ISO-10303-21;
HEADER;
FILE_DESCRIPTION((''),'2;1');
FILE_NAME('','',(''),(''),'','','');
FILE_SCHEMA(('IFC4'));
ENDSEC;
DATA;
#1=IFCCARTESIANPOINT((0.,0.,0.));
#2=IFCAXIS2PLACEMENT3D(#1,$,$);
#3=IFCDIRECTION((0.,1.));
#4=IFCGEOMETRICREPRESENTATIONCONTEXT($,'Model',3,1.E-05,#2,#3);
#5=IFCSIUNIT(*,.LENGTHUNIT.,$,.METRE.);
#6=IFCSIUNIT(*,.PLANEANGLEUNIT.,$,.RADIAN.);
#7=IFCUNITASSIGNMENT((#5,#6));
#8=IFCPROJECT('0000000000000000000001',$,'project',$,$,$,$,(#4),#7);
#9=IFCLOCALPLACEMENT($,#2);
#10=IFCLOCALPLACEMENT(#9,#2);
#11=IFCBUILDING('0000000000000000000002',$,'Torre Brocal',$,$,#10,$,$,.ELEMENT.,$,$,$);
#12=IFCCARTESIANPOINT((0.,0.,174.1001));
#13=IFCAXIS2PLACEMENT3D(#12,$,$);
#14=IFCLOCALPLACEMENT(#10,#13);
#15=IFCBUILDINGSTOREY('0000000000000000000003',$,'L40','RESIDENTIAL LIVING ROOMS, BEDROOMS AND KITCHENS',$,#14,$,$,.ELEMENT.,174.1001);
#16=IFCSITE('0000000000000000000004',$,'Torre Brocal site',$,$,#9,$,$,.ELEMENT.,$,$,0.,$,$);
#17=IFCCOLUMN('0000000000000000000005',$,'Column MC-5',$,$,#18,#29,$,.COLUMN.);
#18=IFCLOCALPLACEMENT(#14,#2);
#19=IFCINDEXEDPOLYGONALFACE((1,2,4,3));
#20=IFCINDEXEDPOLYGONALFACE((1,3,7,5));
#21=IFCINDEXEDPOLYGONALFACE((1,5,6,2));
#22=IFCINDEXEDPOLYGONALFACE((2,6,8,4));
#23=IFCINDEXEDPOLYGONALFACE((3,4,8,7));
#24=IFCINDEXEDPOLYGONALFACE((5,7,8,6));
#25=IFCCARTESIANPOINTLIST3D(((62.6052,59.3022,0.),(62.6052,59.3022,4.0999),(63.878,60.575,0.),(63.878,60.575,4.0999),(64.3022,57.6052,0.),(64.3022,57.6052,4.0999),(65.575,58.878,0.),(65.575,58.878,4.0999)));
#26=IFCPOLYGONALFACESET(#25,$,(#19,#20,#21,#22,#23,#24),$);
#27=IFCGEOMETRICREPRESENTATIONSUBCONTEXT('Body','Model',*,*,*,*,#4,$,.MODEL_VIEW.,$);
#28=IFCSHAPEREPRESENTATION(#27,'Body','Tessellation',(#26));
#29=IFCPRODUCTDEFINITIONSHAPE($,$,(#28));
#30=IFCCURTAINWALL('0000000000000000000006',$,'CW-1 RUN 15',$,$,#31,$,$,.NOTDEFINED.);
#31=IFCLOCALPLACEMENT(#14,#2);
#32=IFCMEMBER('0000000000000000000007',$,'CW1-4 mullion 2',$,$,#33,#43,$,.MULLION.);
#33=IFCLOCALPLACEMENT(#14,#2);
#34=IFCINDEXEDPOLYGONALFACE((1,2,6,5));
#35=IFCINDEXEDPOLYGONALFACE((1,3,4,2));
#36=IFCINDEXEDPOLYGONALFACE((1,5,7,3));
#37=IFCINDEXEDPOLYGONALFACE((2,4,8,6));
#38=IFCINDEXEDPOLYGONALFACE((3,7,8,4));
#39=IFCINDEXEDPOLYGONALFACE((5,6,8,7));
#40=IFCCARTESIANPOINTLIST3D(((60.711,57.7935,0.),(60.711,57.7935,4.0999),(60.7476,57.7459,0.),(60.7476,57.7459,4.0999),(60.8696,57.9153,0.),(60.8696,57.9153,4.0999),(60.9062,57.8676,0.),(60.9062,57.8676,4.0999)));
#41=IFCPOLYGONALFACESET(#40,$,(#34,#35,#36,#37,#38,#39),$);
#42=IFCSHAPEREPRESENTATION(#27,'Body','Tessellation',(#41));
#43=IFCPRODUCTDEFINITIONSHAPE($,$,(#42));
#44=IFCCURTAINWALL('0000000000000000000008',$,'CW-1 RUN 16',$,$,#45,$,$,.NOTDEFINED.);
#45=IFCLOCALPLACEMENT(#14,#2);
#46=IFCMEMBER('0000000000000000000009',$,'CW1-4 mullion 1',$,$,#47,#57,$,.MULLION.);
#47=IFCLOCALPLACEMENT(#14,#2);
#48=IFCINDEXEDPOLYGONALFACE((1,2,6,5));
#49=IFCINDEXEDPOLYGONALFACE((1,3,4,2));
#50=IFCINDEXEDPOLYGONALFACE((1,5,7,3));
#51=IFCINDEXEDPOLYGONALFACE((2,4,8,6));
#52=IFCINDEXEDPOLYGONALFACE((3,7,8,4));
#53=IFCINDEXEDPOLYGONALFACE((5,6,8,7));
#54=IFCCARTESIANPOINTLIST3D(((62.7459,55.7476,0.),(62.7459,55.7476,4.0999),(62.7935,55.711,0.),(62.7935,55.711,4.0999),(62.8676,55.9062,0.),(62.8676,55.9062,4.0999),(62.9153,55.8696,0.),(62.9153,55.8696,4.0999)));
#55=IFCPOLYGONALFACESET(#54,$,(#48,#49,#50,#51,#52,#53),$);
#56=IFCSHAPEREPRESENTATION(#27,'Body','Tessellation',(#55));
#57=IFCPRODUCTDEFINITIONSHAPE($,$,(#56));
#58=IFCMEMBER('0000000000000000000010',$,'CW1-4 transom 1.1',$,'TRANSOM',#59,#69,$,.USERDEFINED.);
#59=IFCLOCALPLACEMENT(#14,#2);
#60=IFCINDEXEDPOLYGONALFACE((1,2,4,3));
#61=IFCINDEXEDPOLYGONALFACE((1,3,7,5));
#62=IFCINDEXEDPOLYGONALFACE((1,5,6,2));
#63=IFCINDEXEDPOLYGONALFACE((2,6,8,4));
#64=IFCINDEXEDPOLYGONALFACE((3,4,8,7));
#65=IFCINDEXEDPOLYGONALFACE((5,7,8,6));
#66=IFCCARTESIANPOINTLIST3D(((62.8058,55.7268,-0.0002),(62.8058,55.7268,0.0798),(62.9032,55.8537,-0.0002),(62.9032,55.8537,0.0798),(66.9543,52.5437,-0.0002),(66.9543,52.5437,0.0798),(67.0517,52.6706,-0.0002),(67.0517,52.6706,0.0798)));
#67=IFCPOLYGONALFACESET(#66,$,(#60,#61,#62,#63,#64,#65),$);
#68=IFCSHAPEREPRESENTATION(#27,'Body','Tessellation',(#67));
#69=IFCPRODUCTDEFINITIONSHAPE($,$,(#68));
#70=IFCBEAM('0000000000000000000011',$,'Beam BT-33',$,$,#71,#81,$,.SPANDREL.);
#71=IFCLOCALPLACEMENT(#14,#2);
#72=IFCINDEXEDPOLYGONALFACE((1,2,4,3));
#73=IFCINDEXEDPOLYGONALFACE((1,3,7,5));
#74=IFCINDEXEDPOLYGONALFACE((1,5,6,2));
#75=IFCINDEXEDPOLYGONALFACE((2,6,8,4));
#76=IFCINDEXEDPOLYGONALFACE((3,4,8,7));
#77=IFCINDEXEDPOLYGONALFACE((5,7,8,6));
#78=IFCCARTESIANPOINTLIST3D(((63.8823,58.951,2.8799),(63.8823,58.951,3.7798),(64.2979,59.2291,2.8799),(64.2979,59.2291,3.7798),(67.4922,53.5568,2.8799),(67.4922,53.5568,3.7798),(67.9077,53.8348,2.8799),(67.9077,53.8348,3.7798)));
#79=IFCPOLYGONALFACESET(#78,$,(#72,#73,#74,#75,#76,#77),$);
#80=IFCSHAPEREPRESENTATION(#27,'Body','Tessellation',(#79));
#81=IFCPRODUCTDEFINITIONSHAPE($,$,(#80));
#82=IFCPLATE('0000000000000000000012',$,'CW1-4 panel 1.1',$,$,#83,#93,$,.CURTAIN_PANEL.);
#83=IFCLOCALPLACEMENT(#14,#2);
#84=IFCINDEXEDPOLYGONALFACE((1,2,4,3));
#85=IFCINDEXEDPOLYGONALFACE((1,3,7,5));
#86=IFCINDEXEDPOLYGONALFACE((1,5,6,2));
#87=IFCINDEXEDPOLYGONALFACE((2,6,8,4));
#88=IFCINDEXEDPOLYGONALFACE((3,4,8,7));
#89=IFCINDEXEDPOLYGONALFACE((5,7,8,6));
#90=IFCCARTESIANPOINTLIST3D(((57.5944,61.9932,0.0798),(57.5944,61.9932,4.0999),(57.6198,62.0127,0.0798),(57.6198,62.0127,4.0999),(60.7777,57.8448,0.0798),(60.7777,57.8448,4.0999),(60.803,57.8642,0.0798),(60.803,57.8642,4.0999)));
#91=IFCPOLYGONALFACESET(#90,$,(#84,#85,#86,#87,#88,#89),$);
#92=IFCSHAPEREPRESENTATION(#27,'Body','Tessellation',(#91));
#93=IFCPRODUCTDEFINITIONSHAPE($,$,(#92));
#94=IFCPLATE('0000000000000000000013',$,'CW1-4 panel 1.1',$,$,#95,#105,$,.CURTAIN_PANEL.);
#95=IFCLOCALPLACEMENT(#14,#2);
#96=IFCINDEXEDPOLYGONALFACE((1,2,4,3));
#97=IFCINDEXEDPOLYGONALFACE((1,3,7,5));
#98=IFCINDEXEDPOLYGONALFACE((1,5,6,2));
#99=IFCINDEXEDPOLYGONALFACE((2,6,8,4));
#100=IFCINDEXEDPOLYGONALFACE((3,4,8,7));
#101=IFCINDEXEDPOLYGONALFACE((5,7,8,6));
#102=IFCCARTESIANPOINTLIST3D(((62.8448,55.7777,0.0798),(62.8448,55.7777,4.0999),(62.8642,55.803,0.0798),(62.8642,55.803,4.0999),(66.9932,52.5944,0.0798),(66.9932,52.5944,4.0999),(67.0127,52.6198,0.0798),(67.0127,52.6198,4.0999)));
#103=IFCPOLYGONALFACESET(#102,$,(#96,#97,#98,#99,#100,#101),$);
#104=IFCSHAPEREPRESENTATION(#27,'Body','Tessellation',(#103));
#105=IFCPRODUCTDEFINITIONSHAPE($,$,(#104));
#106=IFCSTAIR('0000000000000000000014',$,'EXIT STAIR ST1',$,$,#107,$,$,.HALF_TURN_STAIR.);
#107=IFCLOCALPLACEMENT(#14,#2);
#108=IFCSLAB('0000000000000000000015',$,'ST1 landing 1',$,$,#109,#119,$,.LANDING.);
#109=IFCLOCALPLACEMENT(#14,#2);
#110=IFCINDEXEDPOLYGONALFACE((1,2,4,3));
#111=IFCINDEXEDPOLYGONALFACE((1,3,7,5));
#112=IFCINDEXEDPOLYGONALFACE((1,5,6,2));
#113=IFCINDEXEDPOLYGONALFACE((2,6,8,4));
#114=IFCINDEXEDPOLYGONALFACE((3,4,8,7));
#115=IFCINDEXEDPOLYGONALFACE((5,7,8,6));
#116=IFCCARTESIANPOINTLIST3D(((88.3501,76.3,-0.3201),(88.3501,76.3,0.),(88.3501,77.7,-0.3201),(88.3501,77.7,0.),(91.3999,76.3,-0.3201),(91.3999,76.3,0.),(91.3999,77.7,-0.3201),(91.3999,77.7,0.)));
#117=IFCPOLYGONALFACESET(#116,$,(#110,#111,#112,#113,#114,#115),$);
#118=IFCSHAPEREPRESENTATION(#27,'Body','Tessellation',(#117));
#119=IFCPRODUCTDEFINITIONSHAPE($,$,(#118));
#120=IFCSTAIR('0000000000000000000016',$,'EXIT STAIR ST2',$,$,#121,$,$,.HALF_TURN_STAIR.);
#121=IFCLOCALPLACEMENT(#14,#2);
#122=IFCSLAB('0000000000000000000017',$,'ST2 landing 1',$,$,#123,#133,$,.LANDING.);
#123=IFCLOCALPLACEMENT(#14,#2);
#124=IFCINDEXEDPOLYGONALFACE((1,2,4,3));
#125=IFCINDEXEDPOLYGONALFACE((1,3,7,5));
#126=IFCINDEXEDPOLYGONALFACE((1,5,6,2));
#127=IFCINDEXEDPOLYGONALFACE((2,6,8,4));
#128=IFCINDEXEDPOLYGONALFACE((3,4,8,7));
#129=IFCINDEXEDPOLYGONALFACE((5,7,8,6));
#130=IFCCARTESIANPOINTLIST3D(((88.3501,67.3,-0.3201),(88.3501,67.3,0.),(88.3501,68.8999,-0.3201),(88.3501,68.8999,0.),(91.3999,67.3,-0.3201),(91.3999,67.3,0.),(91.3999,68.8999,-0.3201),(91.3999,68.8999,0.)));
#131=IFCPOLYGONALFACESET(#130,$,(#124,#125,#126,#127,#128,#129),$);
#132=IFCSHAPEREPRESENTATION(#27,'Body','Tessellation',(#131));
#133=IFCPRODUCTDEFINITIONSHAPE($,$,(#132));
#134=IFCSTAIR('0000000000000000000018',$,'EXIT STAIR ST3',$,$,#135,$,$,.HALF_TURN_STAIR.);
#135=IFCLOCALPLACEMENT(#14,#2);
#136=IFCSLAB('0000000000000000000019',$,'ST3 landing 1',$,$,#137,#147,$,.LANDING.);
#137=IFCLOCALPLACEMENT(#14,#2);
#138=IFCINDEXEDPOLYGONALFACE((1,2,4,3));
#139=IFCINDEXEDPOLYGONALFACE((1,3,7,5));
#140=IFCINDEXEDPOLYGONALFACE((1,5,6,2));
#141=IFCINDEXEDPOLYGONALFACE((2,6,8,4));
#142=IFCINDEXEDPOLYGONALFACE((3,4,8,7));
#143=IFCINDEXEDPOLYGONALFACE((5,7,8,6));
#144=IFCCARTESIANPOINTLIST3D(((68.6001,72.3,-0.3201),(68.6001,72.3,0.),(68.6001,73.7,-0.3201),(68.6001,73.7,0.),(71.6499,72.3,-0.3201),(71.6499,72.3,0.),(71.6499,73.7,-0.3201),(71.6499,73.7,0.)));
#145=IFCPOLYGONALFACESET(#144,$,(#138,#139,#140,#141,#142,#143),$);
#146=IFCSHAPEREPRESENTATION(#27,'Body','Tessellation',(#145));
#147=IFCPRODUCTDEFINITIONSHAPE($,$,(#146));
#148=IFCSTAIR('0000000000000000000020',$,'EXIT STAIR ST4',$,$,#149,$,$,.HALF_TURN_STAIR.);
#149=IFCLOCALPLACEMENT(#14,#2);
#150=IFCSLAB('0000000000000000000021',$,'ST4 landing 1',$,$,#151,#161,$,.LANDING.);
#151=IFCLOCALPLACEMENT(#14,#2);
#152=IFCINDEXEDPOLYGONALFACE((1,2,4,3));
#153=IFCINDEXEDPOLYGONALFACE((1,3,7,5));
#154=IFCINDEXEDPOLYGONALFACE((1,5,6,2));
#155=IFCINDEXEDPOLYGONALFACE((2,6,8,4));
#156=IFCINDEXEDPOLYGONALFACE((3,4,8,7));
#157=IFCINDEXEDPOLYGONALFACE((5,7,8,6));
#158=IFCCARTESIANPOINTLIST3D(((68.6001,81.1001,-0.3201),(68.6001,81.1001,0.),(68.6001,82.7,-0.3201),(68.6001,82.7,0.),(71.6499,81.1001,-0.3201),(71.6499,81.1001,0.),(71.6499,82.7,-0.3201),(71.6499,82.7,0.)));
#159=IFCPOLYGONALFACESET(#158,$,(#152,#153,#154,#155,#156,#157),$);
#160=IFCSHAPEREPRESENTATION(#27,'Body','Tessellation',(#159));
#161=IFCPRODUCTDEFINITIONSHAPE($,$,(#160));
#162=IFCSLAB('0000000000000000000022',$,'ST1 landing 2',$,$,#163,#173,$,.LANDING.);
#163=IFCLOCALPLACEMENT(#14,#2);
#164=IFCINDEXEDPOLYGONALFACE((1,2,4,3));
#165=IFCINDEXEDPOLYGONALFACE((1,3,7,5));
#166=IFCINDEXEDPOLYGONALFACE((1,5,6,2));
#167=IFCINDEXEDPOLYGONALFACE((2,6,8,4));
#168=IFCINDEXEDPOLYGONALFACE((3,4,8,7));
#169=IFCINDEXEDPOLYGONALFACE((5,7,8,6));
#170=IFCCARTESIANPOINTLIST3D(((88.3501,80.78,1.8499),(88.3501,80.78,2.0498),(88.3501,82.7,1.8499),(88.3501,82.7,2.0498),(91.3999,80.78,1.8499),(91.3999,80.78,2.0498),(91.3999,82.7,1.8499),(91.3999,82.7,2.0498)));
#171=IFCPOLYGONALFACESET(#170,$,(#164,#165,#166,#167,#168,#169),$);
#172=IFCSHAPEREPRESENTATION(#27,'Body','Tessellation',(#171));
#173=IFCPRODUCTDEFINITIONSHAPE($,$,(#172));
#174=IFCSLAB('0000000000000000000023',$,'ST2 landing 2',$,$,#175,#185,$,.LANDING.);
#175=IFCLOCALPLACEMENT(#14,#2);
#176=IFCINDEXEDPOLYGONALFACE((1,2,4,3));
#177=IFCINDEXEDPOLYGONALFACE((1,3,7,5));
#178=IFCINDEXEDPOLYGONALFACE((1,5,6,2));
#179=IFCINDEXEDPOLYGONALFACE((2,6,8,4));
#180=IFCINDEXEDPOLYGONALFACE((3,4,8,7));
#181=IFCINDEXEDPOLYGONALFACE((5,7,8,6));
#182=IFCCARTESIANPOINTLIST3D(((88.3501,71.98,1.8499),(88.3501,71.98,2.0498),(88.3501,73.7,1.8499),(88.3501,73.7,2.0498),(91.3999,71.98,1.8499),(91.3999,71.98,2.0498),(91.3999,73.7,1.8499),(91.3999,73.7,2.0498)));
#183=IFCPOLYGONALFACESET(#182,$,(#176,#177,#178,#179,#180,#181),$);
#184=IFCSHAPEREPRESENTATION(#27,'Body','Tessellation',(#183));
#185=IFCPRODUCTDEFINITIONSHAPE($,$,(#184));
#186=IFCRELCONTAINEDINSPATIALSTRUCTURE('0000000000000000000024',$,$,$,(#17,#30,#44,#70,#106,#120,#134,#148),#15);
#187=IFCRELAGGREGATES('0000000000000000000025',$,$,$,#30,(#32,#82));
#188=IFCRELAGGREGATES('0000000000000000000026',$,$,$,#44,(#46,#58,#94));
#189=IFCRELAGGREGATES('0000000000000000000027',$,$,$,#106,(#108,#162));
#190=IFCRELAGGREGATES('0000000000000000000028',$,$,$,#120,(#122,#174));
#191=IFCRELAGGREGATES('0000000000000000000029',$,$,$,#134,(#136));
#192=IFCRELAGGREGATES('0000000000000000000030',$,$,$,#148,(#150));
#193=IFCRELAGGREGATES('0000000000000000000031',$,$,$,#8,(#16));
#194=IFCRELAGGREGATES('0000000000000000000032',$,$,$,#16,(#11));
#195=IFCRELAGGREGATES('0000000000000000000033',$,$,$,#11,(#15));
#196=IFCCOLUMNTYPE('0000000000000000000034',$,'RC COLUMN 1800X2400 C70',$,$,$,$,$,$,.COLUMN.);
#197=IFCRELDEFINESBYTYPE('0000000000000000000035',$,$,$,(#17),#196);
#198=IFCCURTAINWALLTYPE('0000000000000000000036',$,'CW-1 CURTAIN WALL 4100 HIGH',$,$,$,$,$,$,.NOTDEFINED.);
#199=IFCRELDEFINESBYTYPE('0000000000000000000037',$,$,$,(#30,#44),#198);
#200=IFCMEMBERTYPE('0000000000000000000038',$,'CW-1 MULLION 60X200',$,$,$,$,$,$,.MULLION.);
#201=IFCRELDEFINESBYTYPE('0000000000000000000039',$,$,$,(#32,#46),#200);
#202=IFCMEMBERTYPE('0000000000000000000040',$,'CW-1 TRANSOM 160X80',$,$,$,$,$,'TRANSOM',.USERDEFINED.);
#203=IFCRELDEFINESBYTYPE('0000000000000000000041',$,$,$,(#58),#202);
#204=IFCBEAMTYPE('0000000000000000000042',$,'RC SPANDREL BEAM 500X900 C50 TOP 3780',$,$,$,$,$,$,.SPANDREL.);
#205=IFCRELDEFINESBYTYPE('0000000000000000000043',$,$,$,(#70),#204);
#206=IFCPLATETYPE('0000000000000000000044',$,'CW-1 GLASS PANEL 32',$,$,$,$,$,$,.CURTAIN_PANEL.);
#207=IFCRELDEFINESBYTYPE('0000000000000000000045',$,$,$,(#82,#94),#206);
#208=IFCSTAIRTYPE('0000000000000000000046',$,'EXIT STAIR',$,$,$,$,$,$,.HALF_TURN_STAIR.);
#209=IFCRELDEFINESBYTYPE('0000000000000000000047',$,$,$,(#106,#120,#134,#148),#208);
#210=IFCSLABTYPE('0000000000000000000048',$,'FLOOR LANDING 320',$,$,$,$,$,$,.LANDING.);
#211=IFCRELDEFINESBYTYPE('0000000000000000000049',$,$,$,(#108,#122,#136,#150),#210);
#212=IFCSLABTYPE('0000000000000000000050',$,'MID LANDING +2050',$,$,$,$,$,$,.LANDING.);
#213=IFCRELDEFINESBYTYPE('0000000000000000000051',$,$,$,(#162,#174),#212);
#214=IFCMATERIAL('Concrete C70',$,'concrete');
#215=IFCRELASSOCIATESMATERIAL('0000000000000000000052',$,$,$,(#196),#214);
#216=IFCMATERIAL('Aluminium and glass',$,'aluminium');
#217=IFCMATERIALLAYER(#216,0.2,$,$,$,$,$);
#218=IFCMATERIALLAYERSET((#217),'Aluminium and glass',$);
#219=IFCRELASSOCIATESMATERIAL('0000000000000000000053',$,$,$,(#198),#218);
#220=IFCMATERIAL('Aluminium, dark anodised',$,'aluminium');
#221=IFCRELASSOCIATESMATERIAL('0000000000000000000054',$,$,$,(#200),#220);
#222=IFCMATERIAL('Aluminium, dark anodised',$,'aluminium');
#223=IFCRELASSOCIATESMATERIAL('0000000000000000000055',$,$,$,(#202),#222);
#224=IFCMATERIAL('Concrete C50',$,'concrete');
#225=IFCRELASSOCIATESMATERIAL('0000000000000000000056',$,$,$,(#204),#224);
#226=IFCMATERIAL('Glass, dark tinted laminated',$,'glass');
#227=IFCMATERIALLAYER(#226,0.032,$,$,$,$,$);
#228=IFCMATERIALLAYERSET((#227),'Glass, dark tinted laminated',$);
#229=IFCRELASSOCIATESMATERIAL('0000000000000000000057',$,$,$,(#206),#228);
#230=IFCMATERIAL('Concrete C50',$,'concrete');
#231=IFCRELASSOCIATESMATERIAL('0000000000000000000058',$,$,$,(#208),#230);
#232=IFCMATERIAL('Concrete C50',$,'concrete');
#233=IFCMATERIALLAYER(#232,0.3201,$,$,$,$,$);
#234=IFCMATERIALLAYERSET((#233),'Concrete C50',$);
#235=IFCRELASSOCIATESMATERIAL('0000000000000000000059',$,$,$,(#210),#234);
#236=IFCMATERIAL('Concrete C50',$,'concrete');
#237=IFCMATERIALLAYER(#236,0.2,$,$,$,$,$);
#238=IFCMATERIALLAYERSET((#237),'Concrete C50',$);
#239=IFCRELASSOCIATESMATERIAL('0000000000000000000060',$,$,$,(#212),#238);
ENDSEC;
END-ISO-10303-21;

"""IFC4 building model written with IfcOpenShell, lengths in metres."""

from ifc_helpers import new_model, si_unit, direction, frame, origin, origin_2d, place, context, subcontext, project, spatial, polyline, rectangle, outline, extrude, material, layer, layer_set, material_profile, profile_set, type_object, element, aggregate, save


model = new_model("IFC4")

# Units and contexts
model_context = context("Model", 3, precision=1e-05, world=origin(), true_north=direction((0.0, 1.0)))
body_context = subcontext(model_context, "Body", "Model", "MODEL_VIEW")
ifc_project = project(units=[si_unit("LENGTHUNIT", "METRE"), si_unit("PLANEANGLEUNIT", "RADIAN")], contexts=[model_context])

# Site, building, storey
site_placement = place(None, origin())
site = spatial("IfcSite", under=ifc_project, at=site_placement, Name="Torre Brocal site", CompositionType="ELEMENT", RefElevation=0.0)
building_placement = place(site_placement, origin())
building = spatial("IfcBuilding", under=site, at=building_placement, Name="Torre Brocal", CompositionType="ELEMENT")
storey_placement = place(building_placement, frame((0.0, 0.0, 174.1001)))
storey = spatial("IfcBuildingStorey", under=building, at=storey_placement, Name="L40", Description="RESIDENTIAL LIVING ROOMS, BEDROOMS AND KITCHENS", CompositionType="ELEMENT", Elevation=174.1001)

# Column
ifc_material_1 = material(Name="Concrete C70", Category="concrete")
ifc_material_profile_1 = material_profile(ifc_material_1, rectangle(XDim=1.8, YDim=2.3999, at=origin_2d()), Name="RC 1800X2400")
ifc_profile_set_1 = profile_set([ifc_material_profile_1], Name="Concrete C70")
column_type = type_object("IfcColumnType", Name="RC COLUMN 1800X2400 C70", PredefinedType="COLUMN", material=ifc_profile_set_1)
column_placement = place(storey_placement, frame((64.0901, 59.0901, 0.0), z_axis=(0.0, 0.0, 1.0), x_axis=(-0.707107, -0.707107, 0.0)))
element("IfcColumn", 1, at=column_placement, inside=storey, type_object=column_type, Name="Column MC-5", PredefinedType="COLUMN", context=body_context, shape_type="SweptSolid", body=[
    extrude(rectangle(XDim=1.8, YDim=2.3999, at=origin_2d()), origin(), (0.0, 0.0, 1.0), 4.0999),
])

# Curtain wall, member
ifc_material_2 = material(Name="Aluminium and glass", Category="aluminium")
ifc_layer_1 = layer(ifc_material_2, 0.2)
ifc_layer_set_1 = layer_set([ifc_layer_1], Name="Aluminium and glass")
curtain_wall_type = type_object("IfcCurtainWallType", Name="CW-1 CURTAIN WALL 4100 HIGH", PredefinedType="NOTDEFINED", material=ifc_layer_set_1)
curtain_wall_1_placement = place(storey_placement, origin())
curtain_wall_1 = element("IfcCurtainWall", 2, at=curtain_wall_1_placement, inside=storey, type_object=curtain_wall_type, Name="CW-1 RUN 15", PredefinedType="NOTDEFINED")
ifc_material_3 = material(Name="Aluminium, dark anodised", Category="aluminium")
ifc_material_profile_2 = material_profile(ifc_material_3, rectangle(XDim=0.2, YDim=0.0601, at=origin_2d()), Name="CW-1 MULLION 60X200")
ifc_profile_set_2 = profile_set([ifc_material_profile_2], Name="Aluminium, dark anodised")
member_type_1 = type_object("IfcMemberType", Name="CW-1 MULLION 60X200", PredefinedType="MULLION", material=ifc_profile_set_2)
member_1_placement = place(storey_placement, frame((60.8086, 57.8306, 0.0), z_axis=(0.0, 0.0, 1.0), x_axis=(0.793353, 0.608761, 0.0)))
member_1 = element("IfcMember", 3, at=member_1_placement, type_object=member_type_1, Name="CW1-4 mullion 2", PredefinedType="MULLION", context=body_context, shape_type="SweptSolid", body=[
    extrude(rectangle(XDim=0.2, YDim=0.0601, at=origin_2d()), origin(), (0.0, 0.0, 1.0), 4.0999),
])

# Curtain wall, members
curtain_wall_2_placement = place(storey_placement, origin())
curtain_wall_2 = element("IfcCurtainWall", 4, at=curtain_wall_2_placement, inside=storey, type_object=curtain_wall_type, Name="CW-1 RUN 16", PredefinedType="NOTDEFINED")
member_2_placement = place(storey_placement, frame((62.8306, 55.8086, 0.0), z_axis=(0.0, 0.0, 1.0), x_axis=(0.608761, 0.793353, 0.0)))
member_2 = element("IfcMember", 5, at=member_2_placement, type_object=member_type_1, Name="CW1-4 mullion 1", PredefinedType="MULLION", context=body_context, shape_type="SweptSolid", body=[
    extrude(rectangle(XDim=0.2, YDim=0.0601, at=origin_2d()), origin(), (0.0, 0.0, 1.0), 4.0999),
])
ifc_material_4 = material(Name="Aluminium, dark anodised", Category="aluminium")
ifc_material_profile_3 = material_profile(ifc_material_4, rectangle(XDim=0.1599, YDim=0.0801, at=origin_2d()), Name="CW-1 TRANSOM 160X80")
ifc_profile_set_3 = profile_set([ifc_material_profile_3], Name="Aluminium, dark anodised")
member_type_2 = type_object("IfcMemberType", Name="CW-1 TRANSOM 160X80", ElementType="TRANSOM", PredefinedType="USERDEFINED", material=ifc_profile_set_3)
member_3_placement = place(storey_placement, frame((62.8545, 55.7903, 0.0398), z_axis=(0.793363, -0.608749, 0.0), x_axis=(0.608749, 0.793363, 0.0)))
member_3 = element("IfcMember", 6, at=member_3_placement, type_object=member_type_2, Name="CW1-4 transom 1.1", ObjectType="TRANSOM", PredefinedType="USERDEFINED", context=body_context, shape_type="SweptSolid", body=[
    extrude(rectangle(XDim=0.1599, YDim=0.0801, at=origin_2d()), origin(), (0.0, 0.0, 1.0), 5.229),
])

# Beam
ifc_material_5 = material(Name="Concrete C50", Category="concrete")
ifc_material_profile_4 = material_profile(ifc_material_5, rectangle(XDim=0.5, YDim=0.8999, at=origin_2d()), Name="RC 500X900")
ifc_profile_set_4 = profile_set([ifc_material_profile_4], Name="Concrete C50")
beam_type = type_object("IfcBeamType", Name="RC SPANDREL BEAM 500X900 C50 TOP 3780", PredefinedType="SPANDREL", material=ifc_profile_set_4)
beam_placement = place(storey_placement, frame((64.0901, 59.0901, 3.3298), z_axis=(0.556158, -0.831077, 0.0), x_axis=(0.831077, 0.556158, 0.0)))
element("IfcBeam", 7, at=beam_placement, inside=storey, type_object=beam_type, Name="Beam BT-33", PredefinedType="SPANDREL", context=body_context, shape_type="SweptSolid", body=[
    extrude(rectangle(XDim=0.5, YDim=0.8999, at=origin_2d()), origin(), (0.0, 0.0, 1.0), 6.4907),
])

# Plates
ifc_material_6 = material(Name="Glass, dark tinted laminated", Category="glass")
ifc_layer_2 = layer(ifc_material_6, 0.032)
ifc_layer_set_2 = layer_set([ifc_layer_2], Name="Glass, dark tinted laminated")
plate_type = type_object("IfcPlateType", Name="CW-1 GLASS PANEL 32", PredefinedType="CURTAIN_PANEL", material=ifc_layer_set_2)
plate_1_placement = place(storey_placement, frame((59.1987, 59.9287, 0.0798), z_axis=(0.0, 0.0, 1.0), x_axis=(0.608761, -0.793353, 0.0)))
plate_1 = element("IfcPlate", 8, at=plate_1_placement, type_object=plate_type, Name="CW1-4 panel 1.1", PredefinedType="CURTAIN_PANEL", context=body_context, shape_type="SweptSolid", body=[
    extrude(rectangle(XDim=5.229, YDim=0.032, at=origin_2d()), origin(), (0.0, 0.0, 1.0), 4.02),
])
aggregate(curtain_wall_1, [member_1, plate_1])
plate_2_placement = place(storey_placement, frame((64.9287, 54.1987, 0.0798), z_axis=(0.0, 0.0, 1.0), x_axis=(0.793353, -0.608761, 0.0)))
plate_2 = element("IfcPlate", 9, at=plate_2_placement, type_object=plate_type, Name="CW1-4 panel 1.1", PredefinedType="CURTAIN_PANEL", context=body_context, shape_type="SweptSolid", body=[
    extrude(rectangle(XDim=5.229, YDim=0.032, at=origin_2d()), origin(), (0.0, 0.0, 1.0), 4.02),
])
aggregate(curtain_wall_2, [member_2, member_3, plate_2])

# Stairs, slabs
ifc_material_7 = material(Name="Concrete C50", Category="concrete")
stair_type = type_object("IfcStairType", Name="EXIT STAIR", PredefinedType="HALF_TURN_STAIR", material=ifc_material_7)
stair_1_placement = place(storey_placement, origin())
stair_1 = element("IfcStair", 10, at=stair_1_placement, inside=storey, type_object=stair_type, Name="EXIT STAIR ST1", PredefinedType="HALF_TURN_STAIR")
ifc_material_8 = material(Name="Concrete C50", Category="concrete")
ifc_layer_3 = layer(ifc_material_8, 0.3201)
ifc_layer_set_3 = layer_set([ifc_layer_3], Name="Concrete C50")
slab_type_1 = type_object("IfcSlabType", Name="FLOOR LANDING 320", PredefinedType="LANDING", material=ifc_layer_set_3)
slab_1_placement = place(storey_placement, frame((0.0, 0.0, -0.3201)))
slab_1 = element("IfcSlab", 11, at=slab_1_placement, type_object=slab_type_1, Name="ST1 landing 1", PredefinedType="LANDING", context=body_context, shape_type="SweptSolid", body=[
    extrude(outline(polyline([(88.3501, 76.3), (91.3999, 76.3), (91.3999, 77.7), (88.3501, 77.7), (88.3501, 76.3)])), origin(), (0.0, 0.0, 1.0), 0.3201),
])
stair_2_placement = place(storey_placement, origin())
stair_2 = element("IfcStair", 12, at=stair_2_placement, inside=storey, type_object=stair_type, Name="EXIT STAIR ST2", PredefinedType="HALF_TURN_STAIR")
slab_2_placement = place(storey_placement, frame((0.0, 0.0, -0.3201)))
slab_2 = element("IfcSlab", 13, at=slab_2_placement, type_object=slab_type_1, Name="ST2 landing 1", PredefinedType="LANDING", context=body_context, shape_type="SweptSolid", body=[
    extrude(outline(polyline([(88.3501, 67.3), (91.3999, 67.3), (91.3999, 68.8999), (88.3501, 68.8999), (88.3501, 67.3)])), origin(), (0.0, 0.0, 1.0), 0.3201),
])
stair_3_placement = place(storey_placement, origin())
stair_3 = element("IfcStair", 14, at=stair_3_placement, inside=storey, type_object=stair_type, Name="EXIT STAIR ST3", PredefinedType="HALF_TURN_STAIR")
slab_3_placement = place(storey_placement, frame((0.0, 0.0, -0.3201)))
slab_3 = element("IfcSlab", 15, at=slab_3_placement, type_object=slab_type_1, Name="ST3 landing 1", PredefinedType="LANDING", context=body_context, shape_type="SweptSolid", body=[
    extrude(outline(polyline([(71.6499, 73.7), (68.6001, 73.7), (68.6001, 72.3), (71.6499, 72.3), (71.6499, 73.7)])), origin(), (0.0, 0.0, 1.0), 0.3201),
])
stair_4_placement = place(storey_placement, origin())
stair_4 = element("IfcStair", 16, at=stair_4_placement, inside=storey, type_object=stair_type, Name="EXIT STAIR ST4", PredefinedType="HALF_TURN_STAIR")
slab_4_placement = place(storey_placement, frame((0.0, 0.0, -0.3201)))
slab_4 = element("IfcSlab", 17, at=slab_4_placement, type_object=slab_type_1, Name="ST4 landing 1", PredefinedType="LANDING", context=body_context, shape_type="SweptSolid", body=[
    extrude(outline(polyline([(71.6499, 82.7), (68.6001, 82.7), (68.6001, 81.1001), (71.6499, 81.1001), (71.6499, 82.7)])), origin(), (0.0, 0.0, 1.0), 0.3201),
])

# Slabs
ifc_material_9 = material(Name="Concrete C50", Category="concrete")
ifc_layer_4 = layer(ifc_material_9, 0.2)
ifc_layer_set_4 = layer_set([ifc_layer_4], Name="Concrete C50")
slab_type_2 = type_object("IfcSlabType", Name="MID LANDING +2050", PredefinedType="LANDING", material=ifc_layer_set_4)
slab_5_placement = place(storey_placement, frame((0.0, 0.0, 1.8499)))
slab_5 = element("IfcSlab", 18, at=slab_5_placement, type_object=slab_type_2, Name="ST1 landing 2", PredefinedType="LANDING", context=body_context, shape_type="SweptSolid", body=[
    extrude(outline(polyline([(88.3501, 80.78), (91.3999, 80.78), (91.3999, 82.7), (88.3501, 82.7), (88.3501, 80.78)])), origin(), (0.0, 0.0, 1.0), 0.2),
])
aggregate(stair_1, [slab_1, slab_5])
slab_6_placement = place(storey_placement, frame((0.0, 0.0, 1.8499)))
slab_6 = element("IfcSlab", 19, at=slab_6_placement, type_object=slab_type_2, Name="ST2 landing 2", PredefinedType="LANDING", context=body_context, shape_type="SweptSolid", body=[
    extrude(outline(polyline([(88.3501, 71.98), (91.3999, 71.98), (91.3999, 73.7), (88.3501, 73.7), (88.3501, 71.98)])), origin(), (0.0, 0.0, 1.0), 0.2),
])
aggregate(stair_2, [slab_2, slab_6])
aggregate(stair_3, [slab_3])
aggregate(stair_4, [slab_4])

save(model, "model.ifc")
